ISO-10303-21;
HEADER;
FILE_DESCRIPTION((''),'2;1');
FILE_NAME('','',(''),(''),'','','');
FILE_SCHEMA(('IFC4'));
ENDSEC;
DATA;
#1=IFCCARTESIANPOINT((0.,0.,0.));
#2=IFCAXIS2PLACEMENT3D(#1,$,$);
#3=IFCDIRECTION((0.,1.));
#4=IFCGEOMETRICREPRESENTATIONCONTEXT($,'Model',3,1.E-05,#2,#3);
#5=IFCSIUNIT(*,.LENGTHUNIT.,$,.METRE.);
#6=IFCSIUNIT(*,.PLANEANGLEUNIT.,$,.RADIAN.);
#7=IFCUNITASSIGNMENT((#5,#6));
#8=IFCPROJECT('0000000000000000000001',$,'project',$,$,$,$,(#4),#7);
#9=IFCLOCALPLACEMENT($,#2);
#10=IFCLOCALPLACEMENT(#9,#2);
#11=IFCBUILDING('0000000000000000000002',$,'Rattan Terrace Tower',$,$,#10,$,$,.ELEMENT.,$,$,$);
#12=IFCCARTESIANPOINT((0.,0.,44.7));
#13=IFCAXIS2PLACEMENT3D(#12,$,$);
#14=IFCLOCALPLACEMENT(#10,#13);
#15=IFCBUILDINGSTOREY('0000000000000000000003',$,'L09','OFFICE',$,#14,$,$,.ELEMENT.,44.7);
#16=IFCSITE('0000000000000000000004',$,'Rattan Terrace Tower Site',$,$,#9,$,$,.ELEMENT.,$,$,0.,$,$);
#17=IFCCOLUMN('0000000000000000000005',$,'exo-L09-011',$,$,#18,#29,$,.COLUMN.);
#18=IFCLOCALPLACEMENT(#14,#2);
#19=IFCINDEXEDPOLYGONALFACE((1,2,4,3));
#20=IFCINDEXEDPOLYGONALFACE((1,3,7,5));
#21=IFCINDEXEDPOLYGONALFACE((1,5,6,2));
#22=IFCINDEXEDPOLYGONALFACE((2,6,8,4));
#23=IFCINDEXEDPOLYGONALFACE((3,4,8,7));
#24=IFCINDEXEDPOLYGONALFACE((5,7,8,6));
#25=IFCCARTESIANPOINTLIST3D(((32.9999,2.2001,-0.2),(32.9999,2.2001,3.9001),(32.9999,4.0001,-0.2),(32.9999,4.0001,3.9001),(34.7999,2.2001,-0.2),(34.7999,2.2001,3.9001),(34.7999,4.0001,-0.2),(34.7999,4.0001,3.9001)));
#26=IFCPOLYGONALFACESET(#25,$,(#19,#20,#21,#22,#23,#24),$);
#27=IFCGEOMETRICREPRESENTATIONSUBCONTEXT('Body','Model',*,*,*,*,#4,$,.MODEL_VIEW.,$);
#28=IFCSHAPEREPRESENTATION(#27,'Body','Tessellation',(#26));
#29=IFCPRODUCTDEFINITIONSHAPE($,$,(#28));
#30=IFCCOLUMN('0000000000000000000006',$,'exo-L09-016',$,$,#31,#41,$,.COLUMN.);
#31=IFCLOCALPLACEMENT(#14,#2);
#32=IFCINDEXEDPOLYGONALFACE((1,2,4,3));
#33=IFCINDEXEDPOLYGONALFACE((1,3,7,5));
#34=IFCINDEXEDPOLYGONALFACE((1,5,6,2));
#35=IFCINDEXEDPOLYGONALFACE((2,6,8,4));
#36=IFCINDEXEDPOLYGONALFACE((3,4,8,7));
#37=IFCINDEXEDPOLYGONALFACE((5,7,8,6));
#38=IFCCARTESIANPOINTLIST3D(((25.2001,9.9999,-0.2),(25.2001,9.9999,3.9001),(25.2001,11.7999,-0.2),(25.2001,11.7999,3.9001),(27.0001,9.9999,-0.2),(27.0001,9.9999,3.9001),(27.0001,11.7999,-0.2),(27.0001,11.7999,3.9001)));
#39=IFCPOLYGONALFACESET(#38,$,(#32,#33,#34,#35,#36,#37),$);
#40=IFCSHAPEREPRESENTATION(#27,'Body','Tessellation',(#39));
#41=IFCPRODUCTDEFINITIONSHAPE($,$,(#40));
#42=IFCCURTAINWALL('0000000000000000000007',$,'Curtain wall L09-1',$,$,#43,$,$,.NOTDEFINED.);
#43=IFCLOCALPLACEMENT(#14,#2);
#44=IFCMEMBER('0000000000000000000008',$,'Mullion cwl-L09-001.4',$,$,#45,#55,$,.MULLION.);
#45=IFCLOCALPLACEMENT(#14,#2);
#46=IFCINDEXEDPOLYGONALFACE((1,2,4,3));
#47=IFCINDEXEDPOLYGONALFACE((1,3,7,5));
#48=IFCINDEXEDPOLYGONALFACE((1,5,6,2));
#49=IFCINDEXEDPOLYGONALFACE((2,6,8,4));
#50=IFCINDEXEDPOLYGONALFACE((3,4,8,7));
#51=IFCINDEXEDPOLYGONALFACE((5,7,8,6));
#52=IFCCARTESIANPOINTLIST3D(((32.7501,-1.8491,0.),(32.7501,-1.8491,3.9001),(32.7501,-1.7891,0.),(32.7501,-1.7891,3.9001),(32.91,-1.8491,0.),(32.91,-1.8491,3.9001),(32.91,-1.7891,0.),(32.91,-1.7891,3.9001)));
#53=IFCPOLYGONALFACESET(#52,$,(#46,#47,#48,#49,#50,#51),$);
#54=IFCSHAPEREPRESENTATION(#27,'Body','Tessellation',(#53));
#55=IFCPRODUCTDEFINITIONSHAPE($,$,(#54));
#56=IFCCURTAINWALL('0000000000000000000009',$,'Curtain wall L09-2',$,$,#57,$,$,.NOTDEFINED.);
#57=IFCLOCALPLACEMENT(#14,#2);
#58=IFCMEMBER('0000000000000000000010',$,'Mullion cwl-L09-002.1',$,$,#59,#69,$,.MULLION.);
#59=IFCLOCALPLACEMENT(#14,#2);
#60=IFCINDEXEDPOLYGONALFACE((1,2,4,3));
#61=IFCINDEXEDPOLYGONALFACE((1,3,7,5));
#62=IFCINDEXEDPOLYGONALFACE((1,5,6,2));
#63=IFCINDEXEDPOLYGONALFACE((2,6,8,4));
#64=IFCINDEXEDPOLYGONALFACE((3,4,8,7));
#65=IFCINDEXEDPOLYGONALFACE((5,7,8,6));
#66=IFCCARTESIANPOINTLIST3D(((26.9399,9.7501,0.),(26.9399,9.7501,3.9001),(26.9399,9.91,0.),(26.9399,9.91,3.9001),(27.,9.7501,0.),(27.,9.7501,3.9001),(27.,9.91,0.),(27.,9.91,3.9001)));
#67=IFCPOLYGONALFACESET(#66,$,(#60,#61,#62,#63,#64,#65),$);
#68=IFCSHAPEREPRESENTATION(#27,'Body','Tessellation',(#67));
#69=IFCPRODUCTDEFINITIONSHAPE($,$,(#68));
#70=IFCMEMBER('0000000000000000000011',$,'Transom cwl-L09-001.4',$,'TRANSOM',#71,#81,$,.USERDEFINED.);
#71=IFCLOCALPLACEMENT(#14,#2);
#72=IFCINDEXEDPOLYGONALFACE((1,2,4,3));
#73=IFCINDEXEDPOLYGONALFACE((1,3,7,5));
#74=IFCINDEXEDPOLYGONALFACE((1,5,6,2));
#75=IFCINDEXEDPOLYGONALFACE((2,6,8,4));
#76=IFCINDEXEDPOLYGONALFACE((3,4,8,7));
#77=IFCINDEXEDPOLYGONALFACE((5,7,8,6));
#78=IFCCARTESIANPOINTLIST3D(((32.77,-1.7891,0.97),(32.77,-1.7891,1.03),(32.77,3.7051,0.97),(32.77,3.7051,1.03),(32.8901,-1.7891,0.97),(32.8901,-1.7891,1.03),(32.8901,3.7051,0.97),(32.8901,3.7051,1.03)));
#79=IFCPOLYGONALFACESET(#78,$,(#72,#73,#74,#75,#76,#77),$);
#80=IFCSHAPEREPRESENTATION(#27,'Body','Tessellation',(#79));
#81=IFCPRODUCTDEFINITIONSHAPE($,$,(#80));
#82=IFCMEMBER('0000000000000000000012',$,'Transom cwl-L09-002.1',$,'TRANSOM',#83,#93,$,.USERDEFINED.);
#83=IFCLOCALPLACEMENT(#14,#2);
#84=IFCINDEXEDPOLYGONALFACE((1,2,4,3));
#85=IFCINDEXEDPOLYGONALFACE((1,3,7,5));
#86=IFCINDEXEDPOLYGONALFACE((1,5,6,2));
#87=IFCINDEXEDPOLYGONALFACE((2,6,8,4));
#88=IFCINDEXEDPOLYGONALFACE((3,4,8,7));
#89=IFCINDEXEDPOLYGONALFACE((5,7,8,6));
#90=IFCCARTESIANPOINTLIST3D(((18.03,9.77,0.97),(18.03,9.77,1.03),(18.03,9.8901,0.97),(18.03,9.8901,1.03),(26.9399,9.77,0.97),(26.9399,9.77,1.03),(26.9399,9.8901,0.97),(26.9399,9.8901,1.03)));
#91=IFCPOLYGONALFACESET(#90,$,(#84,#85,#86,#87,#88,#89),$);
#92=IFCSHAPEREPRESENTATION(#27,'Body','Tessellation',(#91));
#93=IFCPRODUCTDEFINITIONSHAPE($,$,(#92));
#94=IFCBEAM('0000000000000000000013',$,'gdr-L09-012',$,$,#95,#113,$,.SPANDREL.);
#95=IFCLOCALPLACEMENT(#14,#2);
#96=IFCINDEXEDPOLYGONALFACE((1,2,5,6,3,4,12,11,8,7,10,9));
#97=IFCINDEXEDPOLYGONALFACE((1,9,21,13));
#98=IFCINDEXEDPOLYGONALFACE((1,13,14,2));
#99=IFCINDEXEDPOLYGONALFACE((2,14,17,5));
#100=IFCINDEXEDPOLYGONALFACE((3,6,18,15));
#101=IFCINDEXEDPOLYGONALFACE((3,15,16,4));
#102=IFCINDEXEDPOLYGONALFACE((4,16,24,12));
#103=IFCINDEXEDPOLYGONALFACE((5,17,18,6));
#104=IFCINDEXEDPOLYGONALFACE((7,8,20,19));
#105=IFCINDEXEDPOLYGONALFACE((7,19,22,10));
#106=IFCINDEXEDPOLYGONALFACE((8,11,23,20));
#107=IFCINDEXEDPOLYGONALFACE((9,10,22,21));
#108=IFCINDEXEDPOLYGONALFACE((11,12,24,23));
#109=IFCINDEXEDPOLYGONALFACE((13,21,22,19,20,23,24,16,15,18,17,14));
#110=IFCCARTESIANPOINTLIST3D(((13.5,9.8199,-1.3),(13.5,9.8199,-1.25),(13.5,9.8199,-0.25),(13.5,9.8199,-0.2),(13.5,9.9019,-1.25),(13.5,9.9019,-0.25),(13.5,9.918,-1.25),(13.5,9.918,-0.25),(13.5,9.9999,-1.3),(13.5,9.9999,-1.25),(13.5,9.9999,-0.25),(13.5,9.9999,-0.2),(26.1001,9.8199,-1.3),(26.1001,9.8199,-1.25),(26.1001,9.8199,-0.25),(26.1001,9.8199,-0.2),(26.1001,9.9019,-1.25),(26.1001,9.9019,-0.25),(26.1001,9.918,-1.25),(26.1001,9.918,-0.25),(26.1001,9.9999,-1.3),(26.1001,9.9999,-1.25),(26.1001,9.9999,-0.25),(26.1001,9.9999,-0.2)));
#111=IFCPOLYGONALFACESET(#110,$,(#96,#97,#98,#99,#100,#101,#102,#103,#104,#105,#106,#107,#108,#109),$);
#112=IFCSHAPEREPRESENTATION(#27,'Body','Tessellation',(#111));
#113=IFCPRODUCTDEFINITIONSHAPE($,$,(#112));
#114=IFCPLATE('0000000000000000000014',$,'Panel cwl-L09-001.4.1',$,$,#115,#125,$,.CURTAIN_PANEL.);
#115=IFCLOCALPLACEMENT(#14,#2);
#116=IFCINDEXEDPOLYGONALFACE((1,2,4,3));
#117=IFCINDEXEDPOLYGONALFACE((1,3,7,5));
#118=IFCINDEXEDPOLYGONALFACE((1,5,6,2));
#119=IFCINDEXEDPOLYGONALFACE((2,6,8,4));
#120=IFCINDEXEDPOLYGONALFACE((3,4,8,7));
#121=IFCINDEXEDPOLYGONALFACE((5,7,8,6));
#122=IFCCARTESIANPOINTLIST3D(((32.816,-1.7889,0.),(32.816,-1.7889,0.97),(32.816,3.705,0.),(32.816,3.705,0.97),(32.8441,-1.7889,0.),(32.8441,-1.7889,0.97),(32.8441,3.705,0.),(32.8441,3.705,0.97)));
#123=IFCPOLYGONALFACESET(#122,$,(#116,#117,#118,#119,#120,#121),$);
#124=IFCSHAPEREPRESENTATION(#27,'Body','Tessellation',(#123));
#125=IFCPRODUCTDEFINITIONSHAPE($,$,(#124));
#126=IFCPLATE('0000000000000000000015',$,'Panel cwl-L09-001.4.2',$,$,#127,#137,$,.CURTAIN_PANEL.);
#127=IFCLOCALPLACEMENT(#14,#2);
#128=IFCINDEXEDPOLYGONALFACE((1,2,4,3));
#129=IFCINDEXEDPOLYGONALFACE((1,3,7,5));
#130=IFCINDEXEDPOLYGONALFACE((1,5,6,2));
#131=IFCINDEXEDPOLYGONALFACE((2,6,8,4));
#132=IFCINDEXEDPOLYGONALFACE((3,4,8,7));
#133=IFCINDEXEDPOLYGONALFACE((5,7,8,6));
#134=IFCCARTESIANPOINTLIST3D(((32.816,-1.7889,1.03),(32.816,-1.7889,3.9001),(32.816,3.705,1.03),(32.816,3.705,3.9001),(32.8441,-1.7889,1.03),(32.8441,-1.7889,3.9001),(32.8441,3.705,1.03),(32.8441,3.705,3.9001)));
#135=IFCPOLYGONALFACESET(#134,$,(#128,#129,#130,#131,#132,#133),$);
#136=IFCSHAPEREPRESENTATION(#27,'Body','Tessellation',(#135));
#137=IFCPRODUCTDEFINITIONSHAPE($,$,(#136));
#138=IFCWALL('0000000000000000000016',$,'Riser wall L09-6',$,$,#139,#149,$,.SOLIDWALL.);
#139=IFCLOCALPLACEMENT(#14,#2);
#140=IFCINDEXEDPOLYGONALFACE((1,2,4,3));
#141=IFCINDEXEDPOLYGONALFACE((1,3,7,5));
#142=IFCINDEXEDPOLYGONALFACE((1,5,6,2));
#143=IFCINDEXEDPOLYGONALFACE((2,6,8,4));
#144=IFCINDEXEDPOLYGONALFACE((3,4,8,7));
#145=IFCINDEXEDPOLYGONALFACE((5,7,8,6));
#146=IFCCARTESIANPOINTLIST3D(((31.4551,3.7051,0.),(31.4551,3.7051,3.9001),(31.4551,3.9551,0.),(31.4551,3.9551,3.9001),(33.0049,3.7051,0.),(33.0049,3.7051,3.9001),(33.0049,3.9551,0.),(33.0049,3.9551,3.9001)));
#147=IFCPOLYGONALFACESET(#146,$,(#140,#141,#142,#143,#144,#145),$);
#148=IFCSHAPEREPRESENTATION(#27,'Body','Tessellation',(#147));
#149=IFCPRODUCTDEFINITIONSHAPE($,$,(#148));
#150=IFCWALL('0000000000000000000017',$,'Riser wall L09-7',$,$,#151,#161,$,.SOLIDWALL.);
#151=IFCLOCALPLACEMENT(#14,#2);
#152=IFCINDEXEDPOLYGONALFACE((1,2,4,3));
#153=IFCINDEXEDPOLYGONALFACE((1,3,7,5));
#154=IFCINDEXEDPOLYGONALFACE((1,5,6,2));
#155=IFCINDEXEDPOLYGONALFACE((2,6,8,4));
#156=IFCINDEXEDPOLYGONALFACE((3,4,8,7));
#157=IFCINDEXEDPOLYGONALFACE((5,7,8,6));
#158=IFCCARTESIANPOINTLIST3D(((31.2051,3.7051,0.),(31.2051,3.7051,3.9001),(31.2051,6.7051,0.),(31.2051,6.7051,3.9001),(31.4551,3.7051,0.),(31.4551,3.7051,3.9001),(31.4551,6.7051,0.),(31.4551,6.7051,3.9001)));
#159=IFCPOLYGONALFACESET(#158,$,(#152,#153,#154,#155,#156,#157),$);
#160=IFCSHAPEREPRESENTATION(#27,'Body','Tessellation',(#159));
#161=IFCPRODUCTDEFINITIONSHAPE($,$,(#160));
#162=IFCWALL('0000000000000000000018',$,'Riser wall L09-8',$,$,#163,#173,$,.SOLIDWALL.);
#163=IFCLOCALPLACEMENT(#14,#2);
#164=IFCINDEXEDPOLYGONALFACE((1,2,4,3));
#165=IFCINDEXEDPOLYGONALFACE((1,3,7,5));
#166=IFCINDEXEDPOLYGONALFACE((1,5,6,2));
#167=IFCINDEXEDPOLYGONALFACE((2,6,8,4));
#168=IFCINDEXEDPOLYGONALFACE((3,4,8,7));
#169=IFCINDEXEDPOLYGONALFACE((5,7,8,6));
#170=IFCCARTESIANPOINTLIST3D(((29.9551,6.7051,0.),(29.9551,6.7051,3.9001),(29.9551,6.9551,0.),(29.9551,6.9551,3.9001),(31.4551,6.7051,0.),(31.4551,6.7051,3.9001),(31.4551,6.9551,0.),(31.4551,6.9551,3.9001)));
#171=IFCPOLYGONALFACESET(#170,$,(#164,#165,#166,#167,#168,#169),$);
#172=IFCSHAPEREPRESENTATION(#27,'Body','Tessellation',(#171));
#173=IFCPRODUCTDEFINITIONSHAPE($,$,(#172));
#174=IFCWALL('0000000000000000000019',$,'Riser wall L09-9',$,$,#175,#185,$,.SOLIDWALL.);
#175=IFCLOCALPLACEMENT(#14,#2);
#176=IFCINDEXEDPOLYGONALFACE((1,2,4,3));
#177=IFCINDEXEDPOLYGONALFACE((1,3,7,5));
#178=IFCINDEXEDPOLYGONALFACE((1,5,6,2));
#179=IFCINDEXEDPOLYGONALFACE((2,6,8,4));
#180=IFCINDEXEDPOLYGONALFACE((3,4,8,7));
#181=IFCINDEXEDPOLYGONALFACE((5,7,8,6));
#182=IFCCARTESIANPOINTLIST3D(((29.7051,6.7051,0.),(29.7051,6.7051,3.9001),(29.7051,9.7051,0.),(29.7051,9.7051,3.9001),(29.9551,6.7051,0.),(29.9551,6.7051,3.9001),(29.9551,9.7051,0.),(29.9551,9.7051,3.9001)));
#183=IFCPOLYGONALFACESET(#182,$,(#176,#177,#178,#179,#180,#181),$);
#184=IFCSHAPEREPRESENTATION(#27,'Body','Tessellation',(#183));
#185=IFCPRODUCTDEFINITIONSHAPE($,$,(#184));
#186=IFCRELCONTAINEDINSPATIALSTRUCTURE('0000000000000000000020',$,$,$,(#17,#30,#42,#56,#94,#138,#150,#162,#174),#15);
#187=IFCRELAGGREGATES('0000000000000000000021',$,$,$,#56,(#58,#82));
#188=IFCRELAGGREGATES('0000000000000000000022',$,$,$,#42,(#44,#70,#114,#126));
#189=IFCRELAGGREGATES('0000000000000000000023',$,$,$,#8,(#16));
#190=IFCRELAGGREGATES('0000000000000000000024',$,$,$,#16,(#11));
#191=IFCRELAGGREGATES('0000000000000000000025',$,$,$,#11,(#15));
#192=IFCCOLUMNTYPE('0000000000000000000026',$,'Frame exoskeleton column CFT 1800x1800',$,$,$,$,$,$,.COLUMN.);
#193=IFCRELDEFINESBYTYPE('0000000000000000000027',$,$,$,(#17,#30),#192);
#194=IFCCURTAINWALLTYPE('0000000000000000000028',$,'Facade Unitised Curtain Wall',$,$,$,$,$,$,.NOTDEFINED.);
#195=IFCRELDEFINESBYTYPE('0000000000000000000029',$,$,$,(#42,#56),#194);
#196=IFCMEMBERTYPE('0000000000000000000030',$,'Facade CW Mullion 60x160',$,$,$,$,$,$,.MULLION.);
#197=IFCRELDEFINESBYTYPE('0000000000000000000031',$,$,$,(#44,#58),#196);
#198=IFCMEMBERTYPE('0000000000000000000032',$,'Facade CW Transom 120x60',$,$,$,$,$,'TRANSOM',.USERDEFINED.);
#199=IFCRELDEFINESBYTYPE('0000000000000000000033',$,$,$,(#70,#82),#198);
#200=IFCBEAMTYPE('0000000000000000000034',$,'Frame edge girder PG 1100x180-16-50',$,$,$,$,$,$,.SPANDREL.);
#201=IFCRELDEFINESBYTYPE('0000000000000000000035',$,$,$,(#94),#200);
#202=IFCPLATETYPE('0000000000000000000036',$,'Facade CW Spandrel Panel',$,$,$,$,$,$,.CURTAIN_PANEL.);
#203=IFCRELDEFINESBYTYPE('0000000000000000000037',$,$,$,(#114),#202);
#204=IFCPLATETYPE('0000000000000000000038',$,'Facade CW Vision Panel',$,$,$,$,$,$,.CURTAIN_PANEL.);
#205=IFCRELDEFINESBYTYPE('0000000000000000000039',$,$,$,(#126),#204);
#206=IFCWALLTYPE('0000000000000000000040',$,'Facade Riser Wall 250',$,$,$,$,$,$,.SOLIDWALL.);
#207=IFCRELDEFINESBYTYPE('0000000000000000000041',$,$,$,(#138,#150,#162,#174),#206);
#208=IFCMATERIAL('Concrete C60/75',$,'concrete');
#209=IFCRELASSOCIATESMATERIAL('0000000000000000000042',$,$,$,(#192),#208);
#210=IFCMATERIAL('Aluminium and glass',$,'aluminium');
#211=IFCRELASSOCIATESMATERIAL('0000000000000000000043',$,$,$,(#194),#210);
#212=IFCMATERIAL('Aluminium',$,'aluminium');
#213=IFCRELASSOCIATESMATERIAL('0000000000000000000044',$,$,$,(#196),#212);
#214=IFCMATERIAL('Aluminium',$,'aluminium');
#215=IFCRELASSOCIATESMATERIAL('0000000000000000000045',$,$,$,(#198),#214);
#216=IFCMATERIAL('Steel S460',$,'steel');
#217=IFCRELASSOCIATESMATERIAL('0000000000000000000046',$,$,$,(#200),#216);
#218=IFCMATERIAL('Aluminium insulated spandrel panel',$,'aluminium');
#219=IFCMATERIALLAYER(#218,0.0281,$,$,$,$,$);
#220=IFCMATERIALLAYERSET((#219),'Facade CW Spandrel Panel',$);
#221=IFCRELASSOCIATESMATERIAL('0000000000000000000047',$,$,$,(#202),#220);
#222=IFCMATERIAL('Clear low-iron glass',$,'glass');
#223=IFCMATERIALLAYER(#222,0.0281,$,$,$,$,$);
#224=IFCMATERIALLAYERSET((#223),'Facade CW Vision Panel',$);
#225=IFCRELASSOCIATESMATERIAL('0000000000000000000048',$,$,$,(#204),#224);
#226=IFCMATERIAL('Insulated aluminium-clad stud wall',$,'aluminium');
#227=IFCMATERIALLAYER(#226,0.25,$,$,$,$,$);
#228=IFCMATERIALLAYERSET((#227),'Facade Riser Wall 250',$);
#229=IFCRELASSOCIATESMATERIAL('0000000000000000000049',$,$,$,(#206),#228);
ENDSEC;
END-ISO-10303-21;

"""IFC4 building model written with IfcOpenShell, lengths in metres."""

from ifc_helpers import new_model, si_unit, direction, frame, frame_2d, origin, origin_2d, place, context, subcontext, project, spatial, rectangle, i_section, extrude, material, layer, layer_set, material_profile, profile_set, type_object, element, aggregate, save


model = new_model("IFC4")

# Units and contexts
model_context = context("Model", 3, precision=1e-05, world=origin(), true_north=direction((0.0, 1.0)))
body_context = subcontext(model_context, "Body", "Model", "MODEL_VIEW")
ifc_project = project(units=[si_unit("LENGTHUNIT", "METRE"), si_unit("PLANEANGLEUNIT", "RADIAN")], contexts=[model_context])

# Site, building, storey
site_placement = place(None, origin())
site = spatial("IfcSite", under=ifc_project, at=site_placement, Name="Rattan Terrace Tower Site", CompositionType="ELEMENT", RefElevation=0.0)
building_placement = place(site_placement, origin())
building = spatial("IfcBuilding", under=site, at=building_placement, Name="Rattan Terrace Tower", CompositionType="ELEMENT")
storey_placement = place(building_placement, frame((0.0, 0.0, 44.7)))
storey = spatial("IfcBuildingStorey", under=building, at=storey_placement, Name="L09", Description="OFFICE", CompositionType="ELEMENT", Elevation=44.7)

# Columns
ifc_material_1 = material(Name="Concrete C60/75", Category="concrete")
ifc_material_profile_1 = material_profile(ifc_material_1, rectangle(XDim=1.8, YDim=1.8, at=origin_2d()), Name="CFT 1800x1800")
ifc_profile_set_1 = profile_set([ifc_material_profile_1], Name="Concrete C60/75")
column_type = type_object("IfcColumnType", Name="Frame exoskeleton column CFT 1800x1800", PredefinedType="COLUMN", material=ifc_profile_set_1)
for number, where, z_axis, x_axis, name in (
    (1, (33.8999, 3.1001, -0.2), (0.0, 0.0, 1.0), (0.0, 1.0, 0.0), "exo-L09-011"),
    (2, (26.1001, 10.8999, -0.2), (0.0, 0.0, 1.0), (1.0, 0.0, 0.0), "exo-L09-016"),
):
    element("IfcColumn", number, at=place(storey_placement, frame(where, z_axis=z_axis, x_axis=x_axis)), inside=storey, type_object=column_type, Name=name, PredefinedType="COLUMN", context=body_context, shape_type="SweptSolid", body=[
        extrude(rectangle(XDim=1.8, YDim=1.8, at=origin_2d()), origin(), (0.0, 0.0, 1.0), 4.1001),
    ])

# Curtain walls, members
ifc_material_2 = material(Name="Aluminium and glass", Category="aluminium")
curtain_wall_type = type_object("IfcCurtainWallType", Name="Facade Unitised Curtain Wall", PredefinedType="NOTDEFINED", material=ifc_material_2)
curtain_wall_1_placement = place(storey_placement, origin())
curtain_wall_1 = element("IfcCurtainWall", 3, at=curtain_wall_1_placement, inside=storey, type_object=curtain_wall_type, Name="Curtain wall L09-1", PredefinedType="NOTDEFINED")
ifc_material_3 = material(Name="Aluminium", Category="aluminium")
ifc_material_profile_2 = material_profile(ifc_material_3, rectangle(XDim=0.0601, YDim=0.1599, at=origin_2d()), Name="Aluminium 60x160")
ifc_profile_set_2 = profile_set([ifc_material_profile_2], Name="Aluminium")
member_type_1 = type_object("IfcMemberType", Name="Facade CW Mullion 60x160", PredefinedType="MULLION", material=ifc_profile_set_2)
member_1_placement = place(storey_placement, frame((32.8301, -1.8191, 0.0), z_axis=(0.0, 0.0, 1.0), x_axis=(0.0, 1.0, 0.0)))
member_1 = element("IfcMember", 4, at=member_1_placement, type_object=member_type_1, Name="Mullion cwl-L09-001.4", PredefinedType="MULLION", context=body_context, shape_type="SweptSolid", body=[
    extrude(rectangle(XDim=0.0601, YDim=0.1599, at=origin_2d()), origin(), (0.0, 0.0, 1.0), 3.9001),
])
curtain_wall_2_placement = place(storey_placement, origin())
curtain_wall_2 = element("IfcCurtainWall", 5, at=curtain_wall_2_placement, inside=storey, type_object=curtain_wall_type, Name="Curtain wall L09-2", PredefinedType="NOTDEFINED")
member_2_placement = place(storey_placement, frame((26.97, 9.8301, 0.0), z_axis=(0.0, 0.0, 1.0), x_axis=(-1.0, 0.0, 0.0)))
member_2 = element("IfcMember", 6, at=member_2_placement, type_object=member_type_1, Name="Mullion cwl-L09-002.1", PredefinedType="MULLION", context=body_context, shape_type="SweptSolid", body=[
    extrude(rectangle(XDim=0.0601, YDim=0.1599, at=origin_2d()), origin(), (0.0, 0.0, 1.0), 3.9001),
])

# Members
ifc_material_4 = material(Name="Aluminium", Category="aluminium")
ifc_material_profile_3 = material_profile(ifc_material_4, rectangle(XDim=0.1201, YDim=0.0601, at=origin_2d()), Name="Aluminium 120x60")
ifc_profile_set_3 = profile_set([ifc_material_profile_3], Name="Aluminium")
member_type_2 = type_object("IfcMemberType", Name="Facade CW Transom 120x60", ElementType="TRANSOM", PredefinedType="USERDEFINED", material=ifc_profile_set_3)
member_3_placement = place(storey_placement, frame((32.8301, -1.7891, 1.0), z_axis=(0.0, 1.0, 0.0), x_axis=(-1.0, 0.0, 0.0)))
member_3 = element("IfcMember", 7, at=member_3_placement, type_object=member_type_2, Name="Transom cwl-L09-001.4", ObjectType="TRANSOM", PredefinedType="USERDEFINED", context=body_context, shape_type="SweptSolid", body=[
    extrude(rectangle(XDim=0.1201, YDim=0.0601, at=origin_2d()), origin(), (0.0, 0.0, 1.0), 5.4941),
])
member_4_placement = place(storey_placement, frame((26.9399, 9.8301, 1.0), z_axis=(-1.0, 0.0, 0.0), x_axis=(0.0, -1.0, 0.0)))
member_4 = element("IfcMember", 8, at=member_4_placement, type_object=member_type_2, Name="Transom cwl-L09-002.1", ObjectType="TRANSOM", PredefinedType="USERDEFINED", context=body_context, shape_type="SweptSolid", body=[
    extrude(rectangle(XDim=0.1201, YDim=0.0601, at=origin_2d()), origin(), (0.0, 0.0, 1.0), 8.9099),
])
aggregate(curtain_wall_2, [member_2, member_4])

# Beam
ifc_material_5 = material(Name="Steel S460", Category="steel")
ifc_material_profile_4 = material_profile(ifc_material_5, i_section(OverallWidth=0.1799, OverallDepth=1.1001, WebThickness=0.0161, FlangeThickness=0.05, at=origin_2d()), Name="PG 1100x180-16-50")
ifc_profile_set_4 = profile_set([ifc_material_profile_4], Name="Steel S460")
beam_type = type_object("IfcBeamType", Name="Frame edge girder PG 1100x180-16-50", PredefinedType="SPANDREL", material=ifc_profile_set_4)
beam_placement = place(storey_placement, frame((26.1001, 9.9099, -0.75), z_axis=(-1.0, 0.0, 0.0), x_axis=(0.0, -1.0, 0.0)))
element("IfcBeam", 9, at=beam_placement, inside=storey, type_object=beam_type, Name="gdr-L09-012", PredefinedType="SPANDREL", context=body_context, shape_type="SweptSolid", body=[
    extrude(i_section(OverallWidth=0.1799, OverallDepth=1.1001, WebThickness=0.0161, FlangeThickness=0.05, at=origin_2d()), origin(), (0.0, 0.0, 1.0), 12.6001),
])

# Plates
ifc_material_6 = material(Name="Aluminium insulated spandrel panel", Category="aluminium")
ifc_layer_1 = layer(ifc_material_6, 0.0281)
ifc_layer_set_1 = layer_set([ifc_layer_1], Name="Facade CW Spandrel Panel")
plate_type_1 = type_object("IfcPlateType", Name="Facade CW Spandrel Panel", PredefinedType="CURTAIN_PANEL", material=ifc_layer_set_1)
plate_1_placement = place(storey_placement, frame((32.8301, 0.958, 0.0), z_axis=(0.0, 0.0, 1.0), x_axis=(0.0, 1.0, 0.0)))
plate_1 = element("IfcPlate", 10, at=plate_1_placement, type_object=plate_type_1, Name="Panel cwl-L09-001.4.1", PredefinedType="CURTAIN_PANEL", context=body_context, shape_type="SweptSolid", body=[
    extrude(rectangle(XDim=5.4939, YDim=0.0281, at=origin_2d()), origin(), (0.0, 0.0, 1.0), 0.97),
])
ifc_material_7 = material(Name="Clear low-iron glass", Category="glass")
ifc_layer_2 = layer(ifc_material_7, 0.0281)
ifc_layer_set_2 = layer_set([ifc_layer_2], Name="Facade CW Vision Panel")
plate_type_2 = type_object("IfcPlateType", Name="Facade CW Vision Panel", PredefinedType="CURTAIN_PANEL", material=ifc_layer_set_2)
plate_2_placement = place(storey_placement, frame((32.8301, 0.958, 1.03), z_axis=(0.0, 0.0, 1.0), x_axis=(0.0, 1.0, 0.0)))
plate_2 = element("IfcPlate", 11, at=plate_2_placement, type_object=plate_type_2, Name="Panel cwl-L09-001.4.2", PredefinedType="CURTAIN_PANEL", context=body_context, shape_type="SweptSolid", body=[
    extrude(rectangle(XDim=5.4939, YDim=0.0281, at=origin_2d()), origin(), (0.0, 0.0, 1.0), 2.8701),
])
aggregate(curtain_wall_1, [member_1, member_3, plate_1, plate_2])

# Walls
ifc_material_8 = material(Name="Insulated aluminium-clad stud wall", Category="aluminium")
ifc_layer_3 = layer(ifc_material_8, 0.25)
ifc_layer_set_3 = layer_set([ifc_layer_3], Name="Facade Riser Wall 250")
wall_type_1 = type_object("IfcWallType", Name="Facade Riser Wall 250", PredefinedType="SOLIDWALL", material=ifc_layer_set_3)
wall_1_placement = place(storey_placement, frame((33.0049, 3.8301, 0.0), z_axis=(0.0, 0.0, 1.0), x_axis=(-1.0, 0.0, 0.0)))
element("IfcWall", 12, at=wall_1_placement, inside=storey, type_object=wall_type_1, Name="Riser wall L09-6", PredefinedType="SOLIDWALL", context=body_context, shape_type="SweptSolid", body=[
    extrude(rectangle(XDim=1.5498, YDim=0.25, at=frame_2d((0.7749, 0.0))), origin(), (0.0, 0.0, 1.0), 3.9001),
])
wall_2_placement = place(storey_placement, frame((31.3301, 3.7051, 0.0), z_axis=(0.0, 0.0, 1.0), x_axis=(0.0, 1.0, 0.0)))
element("IfcWall", 13, at=wall_2_placement, inside=storey, type_object=wall_type_1, Name="Riser wall L09-7", PredefinedType="SOLIDWALL", context=body_context, shape_type="SweptSolid", body=[
    extrude(rectangle(XDim=3.0, YDim=0.25, at=frame_2d((1.5, 0.0))), origin(), (0.0, 0.0, 1.0), 3.9001),
])
wall_3_placement = place(storey_placement, frame((31.4551, 6.8301, 0.0), z_axis=(0.0, 0.0, 1.0), x_axis=(-1.0, 0.0, 0.0)))
element("IfcWall", 14, at=wall_3_placement, inside=storey, type_object=wall_type_1, Name="Riser wall L09-8", PredefinedType="SOLIDWALL", context=body_context, shape_type="SweptSolid", body=[
    extrude(rectangle(XDim=1.5, YDim=0.25, at=frame_2d((0.75, 0.0))), origin(), (0.0, 0.0, 1.0), 3.9001),
])
wall_4_placement = place(storey_placement, frame((29.8301, 6.7051, 0.0), z_axis=(0.0, 0.0, 1.0), x_axis=(0.0, 1.0, 0.0)))
element("IfcWall", 15, at=wall_4_placement, inside=storey, type_object=wall_type_1, Name="Riser wall L09-9", PredefinedType="SOLIDWALL", context=body_context, shape_type="SweptSolid", body=[
    extrude(rectangle(XDim=3.0, YDim=0.25, at=frame_2d((1.5, 0.0))), origin(), (0.0, 0.0, 1.0), 3.9001),
])

save(model, "model.ifc")
